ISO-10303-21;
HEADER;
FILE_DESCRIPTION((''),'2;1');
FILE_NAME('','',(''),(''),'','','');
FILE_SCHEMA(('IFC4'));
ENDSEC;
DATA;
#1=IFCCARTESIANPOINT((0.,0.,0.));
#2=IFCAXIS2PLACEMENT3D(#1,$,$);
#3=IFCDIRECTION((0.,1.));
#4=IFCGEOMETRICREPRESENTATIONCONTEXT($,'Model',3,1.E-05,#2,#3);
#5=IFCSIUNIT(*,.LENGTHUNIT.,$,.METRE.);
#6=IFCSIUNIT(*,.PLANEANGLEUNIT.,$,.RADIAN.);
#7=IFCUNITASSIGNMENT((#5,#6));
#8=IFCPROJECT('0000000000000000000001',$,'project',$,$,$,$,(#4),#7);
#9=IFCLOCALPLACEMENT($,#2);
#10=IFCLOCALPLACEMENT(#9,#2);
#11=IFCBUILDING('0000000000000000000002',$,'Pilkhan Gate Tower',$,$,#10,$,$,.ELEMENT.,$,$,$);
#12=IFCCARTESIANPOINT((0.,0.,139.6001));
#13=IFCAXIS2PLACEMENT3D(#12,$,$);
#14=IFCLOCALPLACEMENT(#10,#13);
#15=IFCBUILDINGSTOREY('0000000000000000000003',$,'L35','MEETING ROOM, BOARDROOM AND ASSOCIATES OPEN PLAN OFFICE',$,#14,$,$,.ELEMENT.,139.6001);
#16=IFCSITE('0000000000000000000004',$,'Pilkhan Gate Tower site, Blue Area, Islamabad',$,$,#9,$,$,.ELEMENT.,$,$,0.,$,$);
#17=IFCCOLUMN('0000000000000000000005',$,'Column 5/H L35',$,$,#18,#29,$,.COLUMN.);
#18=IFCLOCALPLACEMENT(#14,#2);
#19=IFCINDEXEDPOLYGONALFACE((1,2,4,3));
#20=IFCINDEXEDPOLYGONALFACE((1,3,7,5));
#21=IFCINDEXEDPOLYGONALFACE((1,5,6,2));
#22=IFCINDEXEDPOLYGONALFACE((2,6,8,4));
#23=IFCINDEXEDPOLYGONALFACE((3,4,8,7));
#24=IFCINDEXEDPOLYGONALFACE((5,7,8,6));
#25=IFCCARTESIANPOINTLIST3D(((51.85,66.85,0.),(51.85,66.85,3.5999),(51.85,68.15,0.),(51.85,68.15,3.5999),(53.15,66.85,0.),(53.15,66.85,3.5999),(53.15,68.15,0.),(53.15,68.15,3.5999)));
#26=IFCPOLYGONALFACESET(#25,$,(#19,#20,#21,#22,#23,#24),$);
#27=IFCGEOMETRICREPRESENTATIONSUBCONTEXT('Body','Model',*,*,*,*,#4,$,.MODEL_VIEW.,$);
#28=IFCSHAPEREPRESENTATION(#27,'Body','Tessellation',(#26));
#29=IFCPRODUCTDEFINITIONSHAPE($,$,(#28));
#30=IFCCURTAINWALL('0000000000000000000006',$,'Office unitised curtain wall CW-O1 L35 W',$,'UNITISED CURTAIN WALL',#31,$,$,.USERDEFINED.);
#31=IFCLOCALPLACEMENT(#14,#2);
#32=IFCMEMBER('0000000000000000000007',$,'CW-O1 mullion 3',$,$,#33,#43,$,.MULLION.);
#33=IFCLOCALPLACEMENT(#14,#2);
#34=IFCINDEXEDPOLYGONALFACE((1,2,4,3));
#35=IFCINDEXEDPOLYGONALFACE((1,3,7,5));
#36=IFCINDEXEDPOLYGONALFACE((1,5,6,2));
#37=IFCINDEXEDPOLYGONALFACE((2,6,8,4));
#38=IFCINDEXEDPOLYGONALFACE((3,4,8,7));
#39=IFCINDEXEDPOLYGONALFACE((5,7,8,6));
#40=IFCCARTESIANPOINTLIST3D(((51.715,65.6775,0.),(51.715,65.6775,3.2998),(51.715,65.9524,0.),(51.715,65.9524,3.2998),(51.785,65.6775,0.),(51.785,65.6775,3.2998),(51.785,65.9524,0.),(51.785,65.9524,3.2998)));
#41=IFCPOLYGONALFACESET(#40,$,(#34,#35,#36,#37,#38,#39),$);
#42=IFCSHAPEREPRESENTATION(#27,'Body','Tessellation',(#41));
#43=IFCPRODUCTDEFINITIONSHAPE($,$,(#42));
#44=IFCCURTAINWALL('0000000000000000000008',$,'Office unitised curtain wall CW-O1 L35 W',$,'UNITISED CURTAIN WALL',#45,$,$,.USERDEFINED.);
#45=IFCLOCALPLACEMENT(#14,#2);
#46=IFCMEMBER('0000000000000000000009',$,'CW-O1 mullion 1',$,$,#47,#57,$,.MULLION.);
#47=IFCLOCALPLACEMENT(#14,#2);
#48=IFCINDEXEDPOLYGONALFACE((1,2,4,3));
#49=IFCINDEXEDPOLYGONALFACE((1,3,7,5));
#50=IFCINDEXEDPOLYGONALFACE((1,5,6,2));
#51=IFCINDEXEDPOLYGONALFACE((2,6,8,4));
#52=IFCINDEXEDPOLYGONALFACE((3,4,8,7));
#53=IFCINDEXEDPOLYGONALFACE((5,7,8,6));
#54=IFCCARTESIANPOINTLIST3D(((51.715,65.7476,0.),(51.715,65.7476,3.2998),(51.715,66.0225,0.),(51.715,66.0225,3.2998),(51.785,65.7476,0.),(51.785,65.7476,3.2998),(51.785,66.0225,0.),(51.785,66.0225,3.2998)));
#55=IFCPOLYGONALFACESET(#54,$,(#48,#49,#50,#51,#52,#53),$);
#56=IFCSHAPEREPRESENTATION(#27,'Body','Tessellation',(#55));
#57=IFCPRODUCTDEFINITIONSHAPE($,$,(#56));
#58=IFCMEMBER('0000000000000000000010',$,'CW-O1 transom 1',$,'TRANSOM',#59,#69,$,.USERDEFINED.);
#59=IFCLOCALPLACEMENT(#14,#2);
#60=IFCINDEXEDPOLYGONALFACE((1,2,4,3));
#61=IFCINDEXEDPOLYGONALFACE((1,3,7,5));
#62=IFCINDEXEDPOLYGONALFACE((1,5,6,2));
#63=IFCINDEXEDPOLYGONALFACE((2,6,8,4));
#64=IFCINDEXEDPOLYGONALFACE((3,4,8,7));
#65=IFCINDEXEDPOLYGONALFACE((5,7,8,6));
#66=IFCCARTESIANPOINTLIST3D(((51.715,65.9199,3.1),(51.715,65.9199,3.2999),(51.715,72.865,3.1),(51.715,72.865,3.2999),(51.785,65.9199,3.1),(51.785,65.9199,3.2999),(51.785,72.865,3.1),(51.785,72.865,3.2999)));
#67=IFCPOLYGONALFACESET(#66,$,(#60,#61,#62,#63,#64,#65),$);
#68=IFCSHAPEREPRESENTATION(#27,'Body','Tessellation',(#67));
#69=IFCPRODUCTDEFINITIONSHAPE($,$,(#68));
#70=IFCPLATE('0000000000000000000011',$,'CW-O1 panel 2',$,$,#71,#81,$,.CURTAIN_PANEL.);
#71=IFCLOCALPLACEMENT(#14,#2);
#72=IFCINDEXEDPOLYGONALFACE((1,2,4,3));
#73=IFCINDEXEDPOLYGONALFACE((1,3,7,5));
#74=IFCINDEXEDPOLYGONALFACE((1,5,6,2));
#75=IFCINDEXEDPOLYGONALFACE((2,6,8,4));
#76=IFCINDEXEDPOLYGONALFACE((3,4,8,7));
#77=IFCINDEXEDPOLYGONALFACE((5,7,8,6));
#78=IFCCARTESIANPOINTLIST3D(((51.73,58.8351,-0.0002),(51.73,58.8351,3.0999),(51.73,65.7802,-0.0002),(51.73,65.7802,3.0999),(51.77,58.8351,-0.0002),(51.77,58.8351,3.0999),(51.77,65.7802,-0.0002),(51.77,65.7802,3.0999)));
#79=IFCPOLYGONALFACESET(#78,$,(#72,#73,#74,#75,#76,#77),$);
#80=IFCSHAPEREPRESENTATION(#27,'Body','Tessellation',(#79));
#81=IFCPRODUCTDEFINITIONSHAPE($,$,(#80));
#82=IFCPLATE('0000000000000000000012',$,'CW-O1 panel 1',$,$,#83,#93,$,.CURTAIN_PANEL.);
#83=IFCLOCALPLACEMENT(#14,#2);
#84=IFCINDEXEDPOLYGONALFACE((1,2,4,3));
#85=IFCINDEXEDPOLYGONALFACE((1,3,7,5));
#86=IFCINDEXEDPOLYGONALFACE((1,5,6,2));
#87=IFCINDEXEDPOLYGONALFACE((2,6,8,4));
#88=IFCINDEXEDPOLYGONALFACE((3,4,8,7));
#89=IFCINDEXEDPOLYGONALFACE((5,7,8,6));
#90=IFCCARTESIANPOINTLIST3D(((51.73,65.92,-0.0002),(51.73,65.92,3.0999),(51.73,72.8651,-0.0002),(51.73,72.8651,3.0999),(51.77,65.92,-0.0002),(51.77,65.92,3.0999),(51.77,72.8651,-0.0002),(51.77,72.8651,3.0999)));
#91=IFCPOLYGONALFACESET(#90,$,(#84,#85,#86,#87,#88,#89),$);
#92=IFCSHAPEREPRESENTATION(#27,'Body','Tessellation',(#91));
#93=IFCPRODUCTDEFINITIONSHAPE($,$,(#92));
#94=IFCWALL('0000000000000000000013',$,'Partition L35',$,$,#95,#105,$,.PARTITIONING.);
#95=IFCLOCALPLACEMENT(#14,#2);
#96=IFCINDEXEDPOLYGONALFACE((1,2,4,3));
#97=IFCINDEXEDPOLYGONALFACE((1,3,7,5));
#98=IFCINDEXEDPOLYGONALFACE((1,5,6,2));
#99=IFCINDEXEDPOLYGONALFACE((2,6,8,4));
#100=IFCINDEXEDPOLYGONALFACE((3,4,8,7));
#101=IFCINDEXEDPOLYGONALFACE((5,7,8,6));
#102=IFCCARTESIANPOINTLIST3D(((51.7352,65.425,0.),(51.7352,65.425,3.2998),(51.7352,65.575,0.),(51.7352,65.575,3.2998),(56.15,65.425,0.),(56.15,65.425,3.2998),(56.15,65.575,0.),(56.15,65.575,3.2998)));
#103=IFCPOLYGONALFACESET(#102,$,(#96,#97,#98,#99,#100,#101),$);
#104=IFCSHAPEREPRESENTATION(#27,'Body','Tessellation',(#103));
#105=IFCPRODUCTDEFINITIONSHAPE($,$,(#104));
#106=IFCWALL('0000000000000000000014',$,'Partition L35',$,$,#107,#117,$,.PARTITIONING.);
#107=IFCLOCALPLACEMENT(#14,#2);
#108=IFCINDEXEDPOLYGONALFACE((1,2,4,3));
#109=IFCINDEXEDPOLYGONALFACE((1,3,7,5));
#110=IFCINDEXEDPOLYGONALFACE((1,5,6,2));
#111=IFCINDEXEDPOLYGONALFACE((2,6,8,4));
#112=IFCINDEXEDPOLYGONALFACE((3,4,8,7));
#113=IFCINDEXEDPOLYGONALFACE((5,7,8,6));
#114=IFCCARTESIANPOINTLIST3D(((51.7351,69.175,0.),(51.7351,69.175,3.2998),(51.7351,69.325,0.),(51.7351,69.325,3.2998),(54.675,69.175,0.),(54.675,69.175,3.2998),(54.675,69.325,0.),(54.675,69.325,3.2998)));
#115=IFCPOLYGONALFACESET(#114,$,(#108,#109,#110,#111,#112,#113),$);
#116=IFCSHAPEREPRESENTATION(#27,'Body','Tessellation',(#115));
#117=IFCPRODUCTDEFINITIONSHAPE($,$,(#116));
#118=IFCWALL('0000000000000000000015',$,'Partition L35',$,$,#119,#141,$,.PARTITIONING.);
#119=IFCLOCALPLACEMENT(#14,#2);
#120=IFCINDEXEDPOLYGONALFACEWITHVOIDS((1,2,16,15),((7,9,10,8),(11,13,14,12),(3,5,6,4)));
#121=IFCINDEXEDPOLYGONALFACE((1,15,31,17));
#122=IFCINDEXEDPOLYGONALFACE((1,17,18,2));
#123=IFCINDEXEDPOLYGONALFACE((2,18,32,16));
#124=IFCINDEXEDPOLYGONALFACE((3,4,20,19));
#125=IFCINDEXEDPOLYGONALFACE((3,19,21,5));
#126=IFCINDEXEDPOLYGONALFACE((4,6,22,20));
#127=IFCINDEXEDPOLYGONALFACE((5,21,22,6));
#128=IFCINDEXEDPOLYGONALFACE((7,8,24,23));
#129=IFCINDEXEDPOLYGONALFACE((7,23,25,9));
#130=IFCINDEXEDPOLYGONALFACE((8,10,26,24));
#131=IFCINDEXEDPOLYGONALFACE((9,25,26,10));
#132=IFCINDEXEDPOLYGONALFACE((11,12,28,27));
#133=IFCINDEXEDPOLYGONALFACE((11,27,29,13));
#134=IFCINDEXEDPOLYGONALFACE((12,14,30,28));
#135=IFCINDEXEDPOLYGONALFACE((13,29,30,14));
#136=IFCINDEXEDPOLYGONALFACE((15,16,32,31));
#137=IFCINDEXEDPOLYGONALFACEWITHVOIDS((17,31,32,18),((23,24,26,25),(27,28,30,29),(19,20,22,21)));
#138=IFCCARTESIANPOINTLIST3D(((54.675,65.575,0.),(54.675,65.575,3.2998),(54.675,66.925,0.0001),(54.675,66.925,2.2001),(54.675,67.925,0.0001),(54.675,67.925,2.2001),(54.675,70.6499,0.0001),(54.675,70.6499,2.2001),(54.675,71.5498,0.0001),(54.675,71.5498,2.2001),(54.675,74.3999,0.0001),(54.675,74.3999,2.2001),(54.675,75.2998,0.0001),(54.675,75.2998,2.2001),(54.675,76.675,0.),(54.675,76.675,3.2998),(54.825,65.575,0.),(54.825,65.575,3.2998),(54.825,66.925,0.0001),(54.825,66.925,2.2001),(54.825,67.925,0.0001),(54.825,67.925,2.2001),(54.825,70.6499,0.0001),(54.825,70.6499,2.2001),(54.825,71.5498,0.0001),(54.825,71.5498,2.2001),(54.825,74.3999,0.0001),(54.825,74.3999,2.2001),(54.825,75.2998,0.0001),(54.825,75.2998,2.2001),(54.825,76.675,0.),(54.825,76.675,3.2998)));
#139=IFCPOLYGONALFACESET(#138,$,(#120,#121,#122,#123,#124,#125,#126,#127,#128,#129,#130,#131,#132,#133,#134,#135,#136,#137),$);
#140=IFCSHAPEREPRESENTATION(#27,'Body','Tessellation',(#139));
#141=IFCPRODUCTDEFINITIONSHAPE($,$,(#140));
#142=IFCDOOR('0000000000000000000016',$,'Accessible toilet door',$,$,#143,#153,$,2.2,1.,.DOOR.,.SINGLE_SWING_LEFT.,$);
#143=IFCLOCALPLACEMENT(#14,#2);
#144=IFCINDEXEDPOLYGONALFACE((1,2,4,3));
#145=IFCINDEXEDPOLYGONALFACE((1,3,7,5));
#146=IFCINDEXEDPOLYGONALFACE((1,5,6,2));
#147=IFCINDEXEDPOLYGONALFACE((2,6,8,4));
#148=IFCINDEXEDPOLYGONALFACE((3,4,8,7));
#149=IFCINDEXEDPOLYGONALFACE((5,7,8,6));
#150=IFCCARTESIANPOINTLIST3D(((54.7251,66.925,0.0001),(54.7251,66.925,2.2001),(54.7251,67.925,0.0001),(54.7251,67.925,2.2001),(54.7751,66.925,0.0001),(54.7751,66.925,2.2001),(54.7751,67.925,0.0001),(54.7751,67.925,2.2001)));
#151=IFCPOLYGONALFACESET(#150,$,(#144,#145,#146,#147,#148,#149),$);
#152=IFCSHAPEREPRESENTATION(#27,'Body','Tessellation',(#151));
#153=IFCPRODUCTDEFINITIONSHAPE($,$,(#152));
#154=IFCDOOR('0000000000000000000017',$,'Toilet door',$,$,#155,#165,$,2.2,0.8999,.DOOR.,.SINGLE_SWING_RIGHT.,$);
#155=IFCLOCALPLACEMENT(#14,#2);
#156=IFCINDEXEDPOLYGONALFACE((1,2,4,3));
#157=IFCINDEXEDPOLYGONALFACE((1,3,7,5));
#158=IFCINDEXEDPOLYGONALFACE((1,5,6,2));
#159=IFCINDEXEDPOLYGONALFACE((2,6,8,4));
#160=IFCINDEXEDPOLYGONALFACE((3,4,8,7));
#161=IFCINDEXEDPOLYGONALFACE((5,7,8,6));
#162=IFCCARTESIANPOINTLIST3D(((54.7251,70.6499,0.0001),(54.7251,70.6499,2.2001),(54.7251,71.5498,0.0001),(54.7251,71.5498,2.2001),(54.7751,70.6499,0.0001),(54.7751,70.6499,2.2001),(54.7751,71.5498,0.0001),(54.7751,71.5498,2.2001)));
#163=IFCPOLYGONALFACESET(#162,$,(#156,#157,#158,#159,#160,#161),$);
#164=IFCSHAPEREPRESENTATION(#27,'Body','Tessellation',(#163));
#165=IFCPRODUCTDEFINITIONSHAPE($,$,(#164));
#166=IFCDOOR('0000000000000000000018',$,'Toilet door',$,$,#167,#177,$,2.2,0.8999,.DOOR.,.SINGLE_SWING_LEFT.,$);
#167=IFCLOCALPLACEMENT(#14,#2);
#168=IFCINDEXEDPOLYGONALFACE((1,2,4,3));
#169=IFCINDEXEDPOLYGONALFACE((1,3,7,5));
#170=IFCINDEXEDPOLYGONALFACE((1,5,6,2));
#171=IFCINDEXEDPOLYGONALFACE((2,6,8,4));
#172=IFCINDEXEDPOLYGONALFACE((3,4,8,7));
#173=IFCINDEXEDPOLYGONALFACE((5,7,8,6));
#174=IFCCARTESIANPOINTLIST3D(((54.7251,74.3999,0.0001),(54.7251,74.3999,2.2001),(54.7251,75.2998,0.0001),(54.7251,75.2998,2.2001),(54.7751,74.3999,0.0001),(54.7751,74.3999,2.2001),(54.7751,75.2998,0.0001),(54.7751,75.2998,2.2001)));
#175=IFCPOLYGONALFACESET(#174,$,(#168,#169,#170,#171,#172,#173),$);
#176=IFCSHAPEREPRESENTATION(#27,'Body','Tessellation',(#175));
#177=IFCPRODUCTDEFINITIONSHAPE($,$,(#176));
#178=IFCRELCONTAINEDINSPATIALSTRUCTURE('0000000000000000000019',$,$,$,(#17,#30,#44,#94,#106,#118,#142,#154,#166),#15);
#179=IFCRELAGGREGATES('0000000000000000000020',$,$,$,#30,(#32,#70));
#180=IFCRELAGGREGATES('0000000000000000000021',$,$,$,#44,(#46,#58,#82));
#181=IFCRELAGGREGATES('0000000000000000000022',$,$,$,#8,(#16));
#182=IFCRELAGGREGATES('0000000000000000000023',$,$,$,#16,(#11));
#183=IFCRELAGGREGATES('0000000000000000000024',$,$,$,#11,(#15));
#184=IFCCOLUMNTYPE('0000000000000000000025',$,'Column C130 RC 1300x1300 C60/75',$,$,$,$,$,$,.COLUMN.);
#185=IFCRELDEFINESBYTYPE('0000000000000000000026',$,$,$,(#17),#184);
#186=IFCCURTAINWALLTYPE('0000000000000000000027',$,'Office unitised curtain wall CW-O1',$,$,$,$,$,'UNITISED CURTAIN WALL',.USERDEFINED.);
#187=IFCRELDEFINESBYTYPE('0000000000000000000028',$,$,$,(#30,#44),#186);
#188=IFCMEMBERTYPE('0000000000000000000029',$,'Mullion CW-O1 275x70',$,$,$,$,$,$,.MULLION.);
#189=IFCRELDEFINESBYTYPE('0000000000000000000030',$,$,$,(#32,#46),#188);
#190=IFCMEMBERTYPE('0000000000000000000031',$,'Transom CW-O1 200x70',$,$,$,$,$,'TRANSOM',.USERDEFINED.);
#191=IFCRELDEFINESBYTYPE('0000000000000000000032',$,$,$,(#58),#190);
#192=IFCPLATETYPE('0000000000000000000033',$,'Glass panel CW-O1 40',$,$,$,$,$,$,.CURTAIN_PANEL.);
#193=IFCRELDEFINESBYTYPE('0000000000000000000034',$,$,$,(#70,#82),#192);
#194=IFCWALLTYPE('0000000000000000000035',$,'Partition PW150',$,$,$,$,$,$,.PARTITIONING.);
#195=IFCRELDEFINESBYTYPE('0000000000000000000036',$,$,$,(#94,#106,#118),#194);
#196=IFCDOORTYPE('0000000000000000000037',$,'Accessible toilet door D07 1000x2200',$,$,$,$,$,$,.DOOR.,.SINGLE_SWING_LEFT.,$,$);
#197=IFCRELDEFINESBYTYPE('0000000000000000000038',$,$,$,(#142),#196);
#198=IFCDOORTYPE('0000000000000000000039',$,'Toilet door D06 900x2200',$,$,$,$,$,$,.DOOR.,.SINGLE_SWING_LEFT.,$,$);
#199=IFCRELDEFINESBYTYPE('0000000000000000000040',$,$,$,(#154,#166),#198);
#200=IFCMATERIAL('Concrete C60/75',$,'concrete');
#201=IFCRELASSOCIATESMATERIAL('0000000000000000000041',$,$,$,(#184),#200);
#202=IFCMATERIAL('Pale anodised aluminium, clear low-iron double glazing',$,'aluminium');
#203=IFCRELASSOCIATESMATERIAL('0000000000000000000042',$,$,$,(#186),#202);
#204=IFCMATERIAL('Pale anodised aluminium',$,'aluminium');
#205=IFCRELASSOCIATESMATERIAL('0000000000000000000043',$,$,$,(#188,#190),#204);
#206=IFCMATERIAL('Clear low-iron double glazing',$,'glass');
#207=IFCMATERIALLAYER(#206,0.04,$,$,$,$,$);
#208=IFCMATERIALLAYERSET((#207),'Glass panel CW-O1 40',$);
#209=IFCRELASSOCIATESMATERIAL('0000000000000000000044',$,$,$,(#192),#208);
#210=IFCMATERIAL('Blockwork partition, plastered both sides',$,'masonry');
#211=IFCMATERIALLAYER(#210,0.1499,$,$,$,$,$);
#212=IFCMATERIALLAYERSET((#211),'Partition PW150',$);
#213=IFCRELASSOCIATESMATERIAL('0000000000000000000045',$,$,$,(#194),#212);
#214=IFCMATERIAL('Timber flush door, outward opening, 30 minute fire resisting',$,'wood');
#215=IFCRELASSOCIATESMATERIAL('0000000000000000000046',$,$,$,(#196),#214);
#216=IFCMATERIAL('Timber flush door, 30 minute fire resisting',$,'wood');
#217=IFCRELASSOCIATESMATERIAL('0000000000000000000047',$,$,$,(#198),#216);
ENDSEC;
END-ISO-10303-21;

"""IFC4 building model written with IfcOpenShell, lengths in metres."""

from ifc_helpers import new_model, si_unit, direction, frame, frame_2d, origin, origin_2d, place, context, subcontext, project, spatial, rectangle, extrude, material, layer, layer_set, material_profile, profile_set, type_object, element, fill, aggregate, save


model = new_model("IFC4")

# Units and contexts
model_context = context("Model", 3, precision=1e-05, world=origin(), true_north=direction((0.0, 1.0)))
body_context = subcontext(model_context, "Body", "Model", "MODEL_VIEW")
ifc_project = project(units=[si_unit("LENGTHUNIT", "METRE"), si_unit("PLANEANGLEUNIT", "RADIAN")], contexts=[model_context])

# Site, building, storey
site_placement = place(None, origin())
site = spatial("IfcSite", under=ifc_project, at=site_placement, Name="Pilkhan Gate Tower site, Blue Area, Islamabad", CompositionType="ELEMENT", RefElevation=0.0)
building_placement = place(site_placement, origin())
building = spatial("IfcBuilding", under=site, at=building_placement, Name="Pilkhan Gate Tower", CompositionType="ELEMENT")
storey_placement = place(building_placement, frame((0.0, 0.0, 139.6001)))
storey = spatial("IfcBuildingStorey", under=building, at=storey_placement, Name="L35", Description="MEETING ROOM, BOARDROOM AND ASSOCIATES OPEN PLAN OFFICE", CompositionType="ELEMENT", Elevation=139.6001)

# Column
ifc_material_1 = material(Name="Concrete C60/75", Category="concrete")
ifc_material_profile_1 = material_profile(ifc_material_1, rectangle(XDim=1.3, YDim=1.3, at=origin_2d()), Name="RC 1300x1300")
ifc_profile_set_1 = profile_set([ifc_material_profile_1], Name="Concrete C60/75")
column_type = type_object("IfcColumnType", Name="Column C130 RC 1300x1300 C60/75", PredefinedType="COLUMN", material=ifc_profile_set_1)
column_placement = place(storey_placement, frame((52.5, 67.5, 0.0), z_axis=(0.0, 0.0, 1.0), x_axis=(1.0, 0.0, 0.0)))
element("IfcColumn", 1, at=column_placement, inside=storey, type_object=column_type, Name="Column 5/H L35", PredefinedType="COLUMN", context=body_context, shape_type="SweptSolid", body=[
    extrude(rectangle(XDim=1.3, YDim=1.3, at=origin_2d()), origin(), (0.0, 0.0, 1.0), 3.5999),
])

# Curtain wall, member
ifc_material_2 = material(Name="Pale anodised aluminium, clear low-iron double glazing", Category="aluminium")
curtain_wall_type = type_object("IfcCurtainWallType", Name="Office unitised curtain wall CW-O1", ElementType="UNITISED CURTAIN WALL", PredefinedType="USERDEFINED", material=ifc_material_2)
curtain_wall_1_placement = place(storey_placement, origin())
curtain_wall_1 = element("IfcCurtainWall", 2, at=curtain_wall_1_placement, inside=storey, type_object=curtain_wall_type, Name="Office unitised curtain wall CW-O1 L35 W", ObjectType="UNITISED CURTAIN WALL", PredefinedType="USERDEFINED")
ifc_material_3 = material(Name="Pale anodised aluminium", Category="aluminium")
ifc_material_profile_2 = material_profile(ifc_material_3, rectangle(XDim=0.0701, YDim=0.2749, at=origin_2d()), Name="Mullion 275x70")
ifc_profile_set_2 = profile_set([ifc_material_profile_2], Name="Pale anodised aluminium")
member_type_1 = type_object("IfcMemberType", Name="Mullion CW-O1 275x70", PredefinedType="MULLION", material=ifc_profile_set_2)
member_1_placement = place(storey_placement, frame((51.75, 65.8149, 0.0), z_axis=(0.0, 0.0, 1.0), x_axis=(-1.0, 0.0, 0.0)))
member_1 = element("IfcMember", 3, at=member_1_placement, type_object=member_type_1, Name="CW-O1 mullion 3", PredefinedType="MULLION", context=body_context, shape_type="SweptSolid", body=[
    extrude(rectangle(XDim=0.0701, YDim=0.2749, at=origin_2d()), origin(), (0.0, 0.0, 1.0), 3.2998),
])

# Curtain wall, members
curtain_wall_2_placement = place(storey_placement, origin())
curtain_wall_2 = element("IfcCurtainWall", 4, at=curtain_wall_2_placement, inside=storey, type_object=curtain_wall_type, Name="Office unitised curtain wall CW-O1 L35 W", ObjectType="UNITISED CURTAIN WALL", PredefinedType="USERDEFINED")
member_2_placement = place(storey_placement, frame((51.75, 65.885, 0.0), z_axis=(0.0, 0.0, 1.0), x_axis=(-1.0, 0.0, 0.0)))
member_2 = element("IfcMember", 5, at=member_2_placement, type_object=member_type_1, Name="CW-O1 mullion 1", PredefinedType="MULLION", context=body_context, shape_type="SweptSolid", body=[
    extrude(rectangle(XDim=0.0701, YDim=0.2749, at=origin_2d()), origin(), (0.0, 0.0, 1.0), 3.2998),
])
ifc_material_profile_3 = material_profile(ifc_material_3, rectangle(XDim=0.0701, YDim=0.2, at=origin_2d()), Name="Transom 200x70")
ifc_profile_set_3 = profile_set([ifc_material_profile_3], Name="Pale anodised aluminium")
member_type_2 = type_object("IfcMemberType", Name="Transom CW-O1 200x70", ElementType="TRANSOM", PredefinedType="USERDEFINED", material=ifc_profile_set_3)
member_3_placement = place(storey_placement, frame((51.75, 65.9199, 3.2), z_axis=(0.0, 1.0, 0.0), x_axis=(-1.0, 0.0, 0.0)))
member_3 = element("IfcMember", 6, at=member_3_placement, type_object=member_type_2, Name="CW-O1 transom 1", ObjectType="TRANSOM", PredefinedType="USERDEFINED", context=body_context, shape_type="SweptSolid", body=[
    extrude(rectangle(XDim=0.0701, YDim=0.2, at=origin_2d()), origin(), (0.0, 0.0, 1.0), 6.9451),
])

# Plates
ifc_material_4 = material(Name="Clear low-iron double glazing", Category="glass")
ifc_layer_1 = layer(ifc_material_4, 0.04)
ifc_layer_set_1 = layer_set([ifc_layer_1], Name="Glass panel CW-O1 40")
plate_type = type_object("IfcPlateType", Name="Glass panel CW-O1 40", PredefinedType="CURTAIN_PANEL", material=ifc_layer_set_1)
plate_1_placement = place(storey_placement, frame((51.75, 62.3076, -0.0002), z_axis=(0.0, 0.0, 1.0), x_axis=(0.0, 1.0, 0.0)))
plate_1 = element("IfcPlate", 7, at=plate_1_placement, type_object=plate_type, Name="CW-O1 panel 2", PredefinedType="CURTAIN_PANEL", context=body_context, shape_type="SweptSolid", body=[
    extrude(rectangle(XDim=6.9451, YDim=0.04, at=origin_2d()), origin(), (0.0, 0.0, 1.0), 3.1001),
])
aggregate(curtain_wall_1, [member_1, plate_1])
plate_2_placement = place(storey_placement, frame((51.75, 69.3926, -0.0002), z_axis=(0.0, 0.0, 1.0), x_axis=(0.0, 1.0, 0.0)))
plate_2 = element("IfcPlate", 8, at=plate_2_placement, type_object=plate_type, Name="CW-O1 panel 1", PredefinedType="CURTAIN_PANEL", context=body_context, shape_type="SweptSolid", body=[
    extrude(rectangle(XDim=6.9451, YDim=0.04, at=origin_2d()), origin(), (0.0, 0.0, 1.0), 3.1001),
])
aggregate(curtain_wall_2, [member_2, member_3, plate_2])

# Walls
ifc_material_5 = material(Name="Blockwork partition, plastered both sides", Category="masonry")
ifc_layer_2 = layer(ifc_material_5, 0.1499)
ifc_layer_set_2 = layer_set([ifc_layer_2], Name="Partition PW150")
wall_type = type_object("IfcWallType", Name="Partition PW150", PredefinedType="PARTITIONING", material=ifc_layer_set_2)
wall_1_placement = place(storey_placement, frame((51.7351, 65.5, 0.0), z_axis=(0.0, 0.0, 1.0), x_axis=(1.0, 0.0, 0.0)))
element("IfcWall", 9, at=wall_1_placement, inside=storey, type_object=wall_type, Name="Partition L35", PredefinedType="PARTITIONING", context=body_context, shape_type="SweptSolid", body=[
    extrude(rectangle(XDim=4.4148, YDim=0.1499, at=frame_2d((2.2075, 0.0))), origin(), (0.0, 0.0, 1.0), 3.2998),
])
wall_2_placement = place(storey_placement, frame((51.7351, 69.25, 0.0), z_axis=(0.0, 0.0, 1.0), x_axis=(1.0, 0.0, 0.0)))
element("IfcWall", 10, at=wall_2_placement, inside=storey, type_object=wall_type, Name="Partition L35", PredefinedType="PARTITIONING", context=body_context, shape_type="SweptSolid", body=[
    extrude(rectangle(XDim=2.9399, YDim=0.1499, at=frame_2d((1.47, 0.0))), origin(), (0.0, 0.0, 1.0), 3.2998),
])

# Wall, openings, doors
wall_3_placement = place(storey_placement, frame((54.75, 65.575, 0.0), z_axis=(0.0, 0.0, 1.0), x_axis=(0.0, 1.0, 0.0)))
wall_3 = element("IfcWall", 11, at=wall_3_placement, inside=storey, type_object=wall_type, Name="Partition L35", PredefinedType="PARTITIONING", context=body_context, shape_type="SweptSolid", body=[
    extrude(rectangle(XDim=11.1001, YDim=0.1499, at=frame_2d((5.55, 0.0))), origin(), (0.0, 0.0, 1.0), 3.2998),
])
opening_1_placement = place(wall_3_placement, frame((1.3501, 0.0, 0.0)))
opening_1 = element("IfcOpeningElement", 12, at=opening_1_placement, cuts=wall_3, PredefinedType="OPENING", context=body_context, shape_type="SweptSolid", body=[
    extrude(rectangle(XDim=1.0, YDim=2.2, at=frame_2d((0.5, 1.1001))), frame((0.0, 0.085, 0.0), z_axis=(0.0, -1.0, 0.0), x_axis=(1.0, 0.0, 0.0)), (0.0, 0.0, 1.0), 0.1699),
])
opening_2_placement = place(wall_3_placement, frame((5.075, 0.0, 0.0)))
opening_2 = element("IfcOpeningElement", 13, at=opening_2_placement, cuts=wall_3, PredefinedType="OPENING", context=body_context, shape_type="SweptSolid", body=[
    extrude(rectangle(XDim=0.8999, YDim=2.2, at=frame_2d((0.45, 1.1001))), frame((0.0, 0.085, 0.0), z_axis=(0.0, -1.0, 0.0), x_axis=(1.0, 0.0, 0.0)), (0.0, 0.0, 1.0), 0.1699),
])
opening_3_placement = place(wall_3_placement, frame((8.825, 0.0, 0.0)))
opening_3 = element("IfcOpeningElement", 14, at=opening_3_placement, cuts=wall_3, PredefinedType="OPENING", context=body_context, shape_type="SweptSolid", body=[
    extrude(rectangle(XDim=0.8999, YDim=2.2, at=frame_2d((0.45, 1.1001))), frame((0.0, 0.085, 0.0), z_axis=(0.0, -1.0, 0.0), x_axis=(1.0, 0.0, 0.0)), (0.0, 0.0, 1.0), 0.1699),
])
ifc_material_6 = material(Name="Timber flush door, outward opening, 30 minute fire resisting", Category="wood")
door_type_1 = type_object("IfcDoorType", Name="Accessible toilet door D07 1000x2200", OperationType="SINGLE_SWING_LEFT", PredefinedType="DOOR", material=ifc_material_6)
door_1_placement = place(opening_1_placement, origin())
door_1 = element("IfcDoor", 15, at=door_1_placement, inside=storey, type_object=door_type_1, Name="Accessible toilet door", OperationType="SINGLE_SWING_LEFT", OverallHeight=2.2, OverallWidth=1.0, PredefinedType="DOOR", context=body_context, shape_type="SweptSolid", body=[
    extrude(rectangle(XDim=1.0, YDim=2.2, at=frame_2d((0.5, 1.1001))), frame((0.0, 0.0249, 0.0), z_axis=(0.0, -1.0, 0.0), x_axis=(1.0, 0.0, 0.0)), (0.0, 0.0, 1.0), 0.05),
])
fill(opening_1, door_1)
ifc_material_7 = material(Name="Timber flush door, 30 minute fire resisting", Category="wood")
door_type_2 = type_object("IfcDoorType", Name="Toilet door D06 900x2200", OperationType="SINGLE_SWING_LEFT", PredefinedType="DOOR", material=ifc_material_7)
door_2_placement = place(opening_2_placement, origin())
door_2 = element("IfcDoor", 16, at=door_2_placement, inside=storey, type_object=door_type_2, Name="Toilet door", OperationType="SINGLE_SWING_RIGHT", OverallHeight=2.2, OverallWidth=0.8999, PredefinedType="DOOR", context=body_context, shape_type="SweptSolid", body=[
    extrude(rectangle(XDim=0.8999, YDim=2.2, at=frame_2d((0.45, 1.1001))), frame((0.0, 0.0249, 0.0), z_axis=(0.0, -1.0, 0.0), x_axis=(1.0, 0.0, 0.0)), (0.0, 0.0, 1.0), 0.05),
])
fill(opening_2, door_2)
door_3_placement = place(opening_3_placement, origin())
door_3 = element("IfcDoor", 17, at=door_3_placement, inside=storey, type_object=door_type_2, Name="Toilet door", OperationType="SINGLE_SWING_LEFT", OverallHeight=2.2, OverallWidth=0.8999, PredefinedType="DOOR", context=body_context, shape_type="SweptSolid", body=[
    extrude(rectangle(XDim=0.8999, YDim=2.2, at=frame_2d((0.45, 1.1001))), frame((0.0, 0.0249, 0.0), z_axis=(0.0, -1.0, 0.0), x_axis=(1.0, 0.0, 0.0)), (0.0, 0.0, 1.0), 0.05),
])
fill(opening_3, door_3)

save(model, "model.ifc")
